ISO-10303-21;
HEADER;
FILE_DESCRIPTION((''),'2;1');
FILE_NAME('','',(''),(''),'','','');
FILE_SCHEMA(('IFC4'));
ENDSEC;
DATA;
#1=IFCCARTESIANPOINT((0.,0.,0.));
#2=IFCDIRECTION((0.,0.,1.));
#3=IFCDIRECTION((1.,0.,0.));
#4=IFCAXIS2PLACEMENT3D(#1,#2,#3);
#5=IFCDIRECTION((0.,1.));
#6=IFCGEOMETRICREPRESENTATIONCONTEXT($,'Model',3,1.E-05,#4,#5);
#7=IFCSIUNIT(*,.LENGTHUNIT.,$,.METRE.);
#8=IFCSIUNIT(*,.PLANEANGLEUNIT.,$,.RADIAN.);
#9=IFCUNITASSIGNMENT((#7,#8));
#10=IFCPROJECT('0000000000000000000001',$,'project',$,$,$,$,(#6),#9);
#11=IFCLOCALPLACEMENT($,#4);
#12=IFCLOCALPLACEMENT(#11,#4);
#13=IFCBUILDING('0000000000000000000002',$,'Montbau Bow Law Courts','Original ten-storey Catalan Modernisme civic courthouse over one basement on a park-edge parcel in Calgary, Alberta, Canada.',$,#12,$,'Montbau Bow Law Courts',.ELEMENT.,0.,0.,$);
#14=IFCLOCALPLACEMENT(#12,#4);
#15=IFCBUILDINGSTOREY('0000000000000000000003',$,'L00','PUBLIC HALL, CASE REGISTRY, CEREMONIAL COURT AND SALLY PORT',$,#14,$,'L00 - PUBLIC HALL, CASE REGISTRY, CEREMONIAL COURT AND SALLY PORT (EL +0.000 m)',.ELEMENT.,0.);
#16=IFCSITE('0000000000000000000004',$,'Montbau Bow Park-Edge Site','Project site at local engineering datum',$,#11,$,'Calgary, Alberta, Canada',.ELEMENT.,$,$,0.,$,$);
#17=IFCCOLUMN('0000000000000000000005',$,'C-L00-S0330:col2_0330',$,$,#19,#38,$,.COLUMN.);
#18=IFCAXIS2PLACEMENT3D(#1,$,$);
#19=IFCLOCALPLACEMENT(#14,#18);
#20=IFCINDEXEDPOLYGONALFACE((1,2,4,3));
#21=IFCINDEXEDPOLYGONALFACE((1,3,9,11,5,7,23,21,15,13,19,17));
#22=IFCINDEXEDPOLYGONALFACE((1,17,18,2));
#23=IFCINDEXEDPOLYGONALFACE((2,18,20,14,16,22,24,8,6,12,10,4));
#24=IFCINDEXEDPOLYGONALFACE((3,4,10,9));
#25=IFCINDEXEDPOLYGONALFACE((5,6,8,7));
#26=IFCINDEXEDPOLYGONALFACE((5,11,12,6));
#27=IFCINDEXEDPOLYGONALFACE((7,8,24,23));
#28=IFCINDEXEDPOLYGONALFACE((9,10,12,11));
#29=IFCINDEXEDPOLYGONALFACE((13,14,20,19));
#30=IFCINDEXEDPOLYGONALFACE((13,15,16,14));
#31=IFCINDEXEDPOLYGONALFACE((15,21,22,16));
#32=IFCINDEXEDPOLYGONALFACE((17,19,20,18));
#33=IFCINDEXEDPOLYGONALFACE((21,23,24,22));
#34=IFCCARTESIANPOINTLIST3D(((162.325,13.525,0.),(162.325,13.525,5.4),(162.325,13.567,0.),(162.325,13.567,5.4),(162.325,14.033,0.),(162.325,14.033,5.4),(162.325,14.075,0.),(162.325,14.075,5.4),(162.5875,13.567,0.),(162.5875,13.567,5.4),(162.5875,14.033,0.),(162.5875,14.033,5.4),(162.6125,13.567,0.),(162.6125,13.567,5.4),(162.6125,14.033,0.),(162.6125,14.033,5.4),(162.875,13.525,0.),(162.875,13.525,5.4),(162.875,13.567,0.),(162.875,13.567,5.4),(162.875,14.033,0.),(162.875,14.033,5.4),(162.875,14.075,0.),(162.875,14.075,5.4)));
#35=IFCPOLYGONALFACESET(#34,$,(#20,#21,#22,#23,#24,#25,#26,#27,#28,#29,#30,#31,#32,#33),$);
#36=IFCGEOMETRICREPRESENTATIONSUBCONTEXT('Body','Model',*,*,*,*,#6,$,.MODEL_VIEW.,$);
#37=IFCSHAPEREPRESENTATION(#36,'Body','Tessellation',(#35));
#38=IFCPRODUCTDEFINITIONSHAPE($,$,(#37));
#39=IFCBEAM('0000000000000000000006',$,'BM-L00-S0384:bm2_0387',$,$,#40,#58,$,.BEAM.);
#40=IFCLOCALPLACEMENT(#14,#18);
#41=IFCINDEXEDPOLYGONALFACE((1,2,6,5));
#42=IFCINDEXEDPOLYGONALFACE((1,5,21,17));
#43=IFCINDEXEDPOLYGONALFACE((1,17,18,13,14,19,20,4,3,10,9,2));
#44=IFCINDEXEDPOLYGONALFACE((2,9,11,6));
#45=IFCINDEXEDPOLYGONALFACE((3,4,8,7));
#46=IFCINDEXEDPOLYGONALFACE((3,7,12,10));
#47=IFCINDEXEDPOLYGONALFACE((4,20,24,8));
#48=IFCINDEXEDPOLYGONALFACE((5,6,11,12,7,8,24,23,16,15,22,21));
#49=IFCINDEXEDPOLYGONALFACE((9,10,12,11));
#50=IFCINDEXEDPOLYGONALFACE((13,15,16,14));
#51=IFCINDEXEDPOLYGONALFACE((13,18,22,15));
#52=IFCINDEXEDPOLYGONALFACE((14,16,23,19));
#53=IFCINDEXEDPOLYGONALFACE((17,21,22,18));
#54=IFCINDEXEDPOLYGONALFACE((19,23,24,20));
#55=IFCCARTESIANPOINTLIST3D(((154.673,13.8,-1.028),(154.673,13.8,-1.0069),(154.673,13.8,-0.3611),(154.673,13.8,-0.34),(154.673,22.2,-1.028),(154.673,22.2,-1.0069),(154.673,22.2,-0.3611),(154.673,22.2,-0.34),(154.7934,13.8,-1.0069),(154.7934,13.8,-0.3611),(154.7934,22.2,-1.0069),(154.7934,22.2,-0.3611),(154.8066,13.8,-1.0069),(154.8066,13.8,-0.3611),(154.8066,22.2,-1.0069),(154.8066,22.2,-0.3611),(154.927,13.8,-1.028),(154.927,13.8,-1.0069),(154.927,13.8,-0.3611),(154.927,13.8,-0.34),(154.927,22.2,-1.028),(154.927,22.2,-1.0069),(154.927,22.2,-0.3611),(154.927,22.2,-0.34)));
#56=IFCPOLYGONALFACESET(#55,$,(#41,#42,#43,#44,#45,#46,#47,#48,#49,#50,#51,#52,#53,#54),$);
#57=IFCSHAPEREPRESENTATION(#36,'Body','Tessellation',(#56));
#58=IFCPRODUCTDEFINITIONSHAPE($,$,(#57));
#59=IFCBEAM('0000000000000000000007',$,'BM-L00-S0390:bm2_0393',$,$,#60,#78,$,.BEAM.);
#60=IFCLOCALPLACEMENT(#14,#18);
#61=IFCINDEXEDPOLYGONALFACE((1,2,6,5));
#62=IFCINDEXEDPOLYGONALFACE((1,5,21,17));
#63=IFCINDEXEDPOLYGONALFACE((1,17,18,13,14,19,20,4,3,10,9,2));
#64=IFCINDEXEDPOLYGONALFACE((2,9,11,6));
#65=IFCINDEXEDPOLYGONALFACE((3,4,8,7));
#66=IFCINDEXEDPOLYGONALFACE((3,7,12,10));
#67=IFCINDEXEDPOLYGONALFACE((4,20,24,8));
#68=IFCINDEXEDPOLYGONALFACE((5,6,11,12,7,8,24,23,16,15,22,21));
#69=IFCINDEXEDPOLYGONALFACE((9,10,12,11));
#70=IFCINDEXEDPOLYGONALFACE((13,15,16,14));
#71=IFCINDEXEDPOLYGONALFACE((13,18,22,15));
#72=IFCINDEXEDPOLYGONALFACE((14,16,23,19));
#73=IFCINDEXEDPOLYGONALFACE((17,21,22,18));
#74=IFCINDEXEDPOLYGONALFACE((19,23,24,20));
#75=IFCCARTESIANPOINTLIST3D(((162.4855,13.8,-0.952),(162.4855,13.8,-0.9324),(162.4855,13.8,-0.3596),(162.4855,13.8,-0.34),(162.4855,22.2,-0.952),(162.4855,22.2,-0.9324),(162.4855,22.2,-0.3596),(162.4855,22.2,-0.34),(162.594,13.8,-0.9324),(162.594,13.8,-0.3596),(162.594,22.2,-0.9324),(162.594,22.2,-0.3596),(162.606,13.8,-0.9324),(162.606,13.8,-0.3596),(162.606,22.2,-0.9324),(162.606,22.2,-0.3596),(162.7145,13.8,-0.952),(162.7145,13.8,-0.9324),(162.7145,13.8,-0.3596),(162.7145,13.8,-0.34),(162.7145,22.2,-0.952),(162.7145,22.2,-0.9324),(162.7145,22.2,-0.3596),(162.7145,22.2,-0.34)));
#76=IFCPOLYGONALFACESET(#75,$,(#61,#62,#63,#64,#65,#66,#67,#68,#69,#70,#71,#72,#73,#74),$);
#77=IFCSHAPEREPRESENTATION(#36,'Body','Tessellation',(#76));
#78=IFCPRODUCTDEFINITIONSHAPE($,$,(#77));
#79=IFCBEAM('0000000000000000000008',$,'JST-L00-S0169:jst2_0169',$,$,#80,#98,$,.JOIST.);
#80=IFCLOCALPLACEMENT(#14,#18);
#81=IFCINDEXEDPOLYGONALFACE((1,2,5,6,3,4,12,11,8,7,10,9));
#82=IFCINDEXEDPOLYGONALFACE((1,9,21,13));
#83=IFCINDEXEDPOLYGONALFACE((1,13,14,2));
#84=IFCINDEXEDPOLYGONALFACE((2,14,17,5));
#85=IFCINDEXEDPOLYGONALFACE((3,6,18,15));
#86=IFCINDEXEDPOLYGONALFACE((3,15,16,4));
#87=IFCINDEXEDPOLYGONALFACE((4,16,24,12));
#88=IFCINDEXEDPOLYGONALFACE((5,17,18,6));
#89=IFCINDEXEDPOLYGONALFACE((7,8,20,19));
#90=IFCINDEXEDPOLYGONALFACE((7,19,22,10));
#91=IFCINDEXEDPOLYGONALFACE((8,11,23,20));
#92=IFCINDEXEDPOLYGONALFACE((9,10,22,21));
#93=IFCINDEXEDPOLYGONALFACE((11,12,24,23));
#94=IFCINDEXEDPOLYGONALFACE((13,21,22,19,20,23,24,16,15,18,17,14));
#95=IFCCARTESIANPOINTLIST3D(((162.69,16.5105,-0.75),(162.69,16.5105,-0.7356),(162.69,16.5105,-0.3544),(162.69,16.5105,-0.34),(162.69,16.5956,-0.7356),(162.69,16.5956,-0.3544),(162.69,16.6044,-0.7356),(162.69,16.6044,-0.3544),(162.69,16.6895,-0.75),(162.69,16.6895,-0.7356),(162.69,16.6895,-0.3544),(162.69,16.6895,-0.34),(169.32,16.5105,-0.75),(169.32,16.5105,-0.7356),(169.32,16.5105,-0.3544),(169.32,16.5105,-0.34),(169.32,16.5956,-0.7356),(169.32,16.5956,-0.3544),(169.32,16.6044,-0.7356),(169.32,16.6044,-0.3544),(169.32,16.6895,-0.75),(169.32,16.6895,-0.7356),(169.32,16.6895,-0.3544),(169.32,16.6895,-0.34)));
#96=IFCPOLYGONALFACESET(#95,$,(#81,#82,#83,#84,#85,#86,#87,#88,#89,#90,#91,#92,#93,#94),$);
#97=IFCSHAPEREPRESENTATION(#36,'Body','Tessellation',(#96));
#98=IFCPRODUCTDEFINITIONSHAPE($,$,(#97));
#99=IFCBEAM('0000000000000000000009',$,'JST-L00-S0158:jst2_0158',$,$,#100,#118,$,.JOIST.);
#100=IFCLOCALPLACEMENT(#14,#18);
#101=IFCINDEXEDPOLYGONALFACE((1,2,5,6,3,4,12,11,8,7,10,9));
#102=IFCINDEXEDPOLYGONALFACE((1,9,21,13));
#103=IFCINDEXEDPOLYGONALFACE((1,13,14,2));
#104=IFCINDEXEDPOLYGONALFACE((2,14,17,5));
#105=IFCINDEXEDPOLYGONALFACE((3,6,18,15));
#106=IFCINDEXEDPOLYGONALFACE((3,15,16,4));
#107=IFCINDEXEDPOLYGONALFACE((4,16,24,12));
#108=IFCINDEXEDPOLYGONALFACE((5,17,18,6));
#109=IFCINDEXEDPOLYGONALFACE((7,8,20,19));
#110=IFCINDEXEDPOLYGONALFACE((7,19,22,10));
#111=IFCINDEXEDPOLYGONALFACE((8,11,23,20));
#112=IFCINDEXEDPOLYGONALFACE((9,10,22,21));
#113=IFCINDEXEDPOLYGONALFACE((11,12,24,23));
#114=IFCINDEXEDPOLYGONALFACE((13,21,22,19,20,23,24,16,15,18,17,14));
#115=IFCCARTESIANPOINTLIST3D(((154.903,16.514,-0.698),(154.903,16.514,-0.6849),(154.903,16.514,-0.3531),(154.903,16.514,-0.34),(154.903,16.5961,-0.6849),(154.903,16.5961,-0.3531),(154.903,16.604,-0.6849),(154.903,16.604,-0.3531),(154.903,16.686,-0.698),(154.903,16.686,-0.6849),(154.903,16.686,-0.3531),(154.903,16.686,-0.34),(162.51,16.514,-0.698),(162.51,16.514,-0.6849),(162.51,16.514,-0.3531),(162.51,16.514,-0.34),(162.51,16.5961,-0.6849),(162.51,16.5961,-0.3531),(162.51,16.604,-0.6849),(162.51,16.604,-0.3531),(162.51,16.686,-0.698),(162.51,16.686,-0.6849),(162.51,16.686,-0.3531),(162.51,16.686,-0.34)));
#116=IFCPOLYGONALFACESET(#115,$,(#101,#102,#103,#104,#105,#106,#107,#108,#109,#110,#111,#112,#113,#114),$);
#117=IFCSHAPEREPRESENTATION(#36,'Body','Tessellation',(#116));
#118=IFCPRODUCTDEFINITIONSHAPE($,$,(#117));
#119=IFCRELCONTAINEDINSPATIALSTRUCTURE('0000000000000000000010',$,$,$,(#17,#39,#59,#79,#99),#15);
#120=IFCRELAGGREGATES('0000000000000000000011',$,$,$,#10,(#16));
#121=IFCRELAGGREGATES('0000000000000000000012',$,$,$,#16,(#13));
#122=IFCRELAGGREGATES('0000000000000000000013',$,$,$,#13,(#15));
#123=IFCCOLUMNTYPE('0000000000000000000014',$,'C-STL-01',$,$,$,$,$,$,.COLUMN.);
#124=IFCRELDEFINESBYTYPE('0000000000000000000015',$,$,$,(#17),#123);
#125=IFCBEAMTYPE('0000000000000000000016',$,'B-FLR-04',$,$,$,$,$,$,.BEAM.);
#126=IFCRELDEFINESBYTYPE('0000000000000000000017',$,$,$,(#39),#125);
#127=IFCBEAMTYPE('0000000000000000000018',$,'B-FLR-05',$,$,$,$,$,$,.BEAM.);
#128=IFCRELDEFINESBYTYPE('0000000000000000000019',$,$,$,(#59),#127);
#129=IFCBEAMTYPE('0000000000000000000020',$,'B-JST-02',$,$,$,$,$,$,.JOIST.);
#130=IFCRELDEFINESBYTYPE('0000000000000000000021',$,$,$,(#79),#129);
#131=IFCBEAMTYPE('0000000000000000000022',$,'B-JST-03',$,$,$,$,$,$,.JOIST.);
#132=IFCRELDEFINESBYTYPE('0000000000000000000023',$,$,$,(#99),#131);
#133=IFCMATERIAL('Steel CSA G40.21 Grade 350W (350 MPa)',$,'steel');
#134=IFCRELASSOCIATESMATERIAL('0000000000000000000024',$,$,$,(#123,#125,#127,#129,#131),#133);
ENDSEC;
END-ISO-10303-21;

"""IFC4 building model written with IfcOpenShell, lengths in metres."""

from ifc_helpers import new_model, si_unit, direction, frame, origin_with_axes, origin_2d_with_axis, place, context, subcontext, project, spatial, i_section, extrude, material, material_profile, profile_set, type_object, element, save


model = new_model("IFC4")

# Units and contexts
model_context = context("Model", 3, precision=1e-05, world=origin_with_axes(), true_north=direction((0.0, 1.0)))
body_context = subcontext(model_context, "Body", "Model", "MODEL_VIEW")
ifc_project = project(units=[si_unit("LENGTHUNIT", "METRE"), si_unit("PLANEANGLEUNIT", "RADIAN")], contexts=[model_context])

# Site, building, storey
site_placement = place(None, origin_with_axes())
site = spatial("IfcSite", under=ifc_project, at=site_placement, Name="Montbau Bow Park-Edge Site", Description="Project site at local engineering datum", LongName="Calgary, Alberta, Canada", CompositionType="ELEMENT", RefElevation=0.0)
building_placement = place(site_placement, origin_with_axes())
building = spatial("IfcBuilding", under=site, at=building_placement, Name="Montbau Bow Law Courts", Description="Original ten-storey Catalan Modernisme civic courthouse over one basement on a park-edge parcel in Calgary, Alberta, Canada.", LongName="Montbau Bow Law Courts", CompositionType="ELEMENT", ElevationOfRefHeight=0.0, ElevationOfTerrain=0.0)
storey_placement = place(building_placement, origin_with_axes())
storey = spatial("IfcBuildingStorey", under=building, at=storey_placement, Name="L00", Description="PUBLIC HALL, CASE REGISTRY, CEREMONIAL COURT AND SALLY PORT", LongName="L00 - PUBLIC HALL, CASE REGISTRY, CEREMONIAL COURT AND SALLY PORT (EL +0.000 m)", CompositionType="ELEMENT", Elevation=0.0)

# Column
ifc_material_1 = material(Name="Steel CSA G40.21 Grade 350W (350 MPa)", Category="steel")
ifc_material_profile_1 = material_profile(ifc_material_1, i_section(OverallWidth=0.55, OverallDepth=0.55, WebThickness=0.025, FlangeThickness=0.042, at=origin_2d_with_axis()), Name="WWF550X420", Category="Main", Priority=0)
ifc_profile_set_1 = profile_set([ifc_material_profile_1], Name="Steel CSA G40.21 Grade 350W (350 MPa)")
column_type_1 = type_object("IfcColumnType", Name="C-STL-01", PredefinedType="COLUMN", material=ifc_profile_set_1)
column_1_placement = place(None, frame((162.6, 13.8, 0.0), z_axis=(0.0, 0.0, 1.0), x_axis=(1.0, 0.0, 0.0)))
element("IfcColumn", 1, at=column_1_placement, inside=storey, type_object=column_type_1, Name="C-L00-S0330:col2_0330", PredefinedType="COLUMN", context=body_context, shape_type="SweptSolid", body=[
    extrude(i_section(OverallWidth=0.55, OverallDepth=0.55, WebThickness=0.025, FlangeThickness=0.042, at=origin_2d_with_axis()), origin_with_axes(), (0.0, 0.0, 1.0), 5.4),
])

# Beams
ifc_material_profile_2 = material_profile(ifc_material_1, i_section(OverallWidth=0.254, OverallDepth=0.688, WebThickness=0.0131, FlangeThickness=0.0211, at=origin_2d_with_axis()), Name="W690X152", Category="Main", Priority=0)
ifc_profile_set_2 = profile_set([ifc_material_profile_2], Name="Steel CSA G40.21 Grade 350W (350 MPa)")
beam_type_1 = type_object("IfcBeamType", Name="B-FLR-04", PredefinedType="BEAM", material=ifc_profile_set_2)
beam_1_placement = place(None, frame((154.8, 13.8, -0.684), z_axis=(0.0, 1.0, 0.0), x_axis=(-1.0, 0.0, 0.0)))
element("IfcBeam", 2, at=beam_1_placement, inside=storey, type_object=beam_type_1, Name="BM-L00-S0384:bm2_0387", PredefinedType="BEAM", context=body_context, shape_type="SweptSolid", body=[
    extrude(i_section(OverallWidth=0.254, OverallDepth=0.688, WebThickness=0.0131, FlangeThickness=0.0211, at=origin_2d_with_axis()), origin_with_axes(), (0.0, 0.0, 1.0), 8.4),
])
ifc_material_profile_3 = material_profile(ifc_material_1, i_section(OverallWidth=0.229, OverallDepth=0.612, WebThickness=0.0119, FlangeThickness=0.0196, at=origin_2d_with_axis()), Name="W610X125", Category="Main", Priority=0)
ifc_profile_set_3 = profile_set([ifc_material_profile_3], Name="Steel CSA G40.21 Grade 350W (350 MPa)")
beam_type_2 = type_object("IfcBeamType", Name="B-FLR-05", PredefinedType="BEAM", material=ifc_profile_set_3)
beam_2_placement = place(None, frame((162.6, 13.8, -0.646), z_axis=(0.0, 1.0, 0.0), x_axis=(-1.0, 0.0, 0.0)))
element("IfcBeam", 3, at=beam_2_placement, inside=storey, type_object=beam_type_2, Name="BM-L00-S0390:bm2_0393", PredefinedType="BEAM", context=body_context, shape_type="SweptSolid", body=[
    extrude(i_section(OverallWidth=0.229, OverallDepth=0.612, WebThickness=0.0119, FlangeThickness=0.0196, at=origin_2d_with_axis()), origin_with_axes(), (0.0, 0.0, 1.0), 8.4),
])
ifc_material_profile_4 = material_profile(ifc_material_1, i_section(OverallWidth=0.179, OverallDepth=0.41, WebThickness=0.0088, FlangeThickness=0.0144, at=origin_2d_with_axis()), Name="W410X67", Category="Main", Priority=0)
ifc_profile_set_4 = profile_set([ifc_material_profile_4], Name="Steel CSA G40.21 Grade 350W (350 MPa)")
beam_type_3 = type_object("IfcBeamType", Name="B-JST-02", PredefinedType="JOIST", material=ifc_profile_set_4)
beam_3_placement = place(None, frame((162.69, 16.6, -0.545), z_axis=(1.0, 0.0, 0.0), x_axis=(0.0, 1.0, 0.0)))
element("IfcBeam", 4, at=beam_3_placement, inside=storey, type_object=beam_type_3, Name="JST-L00-S0169:jst2_0169", PredefinedType="JOIST", context=body_context, shape_type="SweptSolid", body=[
    extrude(i_section(OverallWidth=0.179, OverallDepth=0.41, WebThickness=0.0088, FlangeThickness=0.0144, at=origin_2d_with_axis()), origin_with_axes(), (0.0, 0.0, 1.0), 6.63),
])
ifc_material_profile_5 = material_profile(ifc_material_1, i_section(OverallWidth=0.172, OverallDepth=0.358, WebThickness=0.0079, FlangeThickness=0.0131, at=origin_2d_with_axis()), Name="W360X57", Category="Main", Priority=0)
ifc_profile_set_5 = profile_set([ifc_material_profile_5], Name="Steel CSA G40.21 Grade 350W (350 MPa)")
beam_type_4 = type_object("IfcBeamType", Name="B-JST-03", PredefinedType="JOIST", material=ifc_profile_set_5)
beam_4_placement = place(None, frame((154.903, 16.6, -0.519), z_axis=(1.0, 0.0, 0.0), x_axis=(0.0, 1.0, 0.0)))
element("IfcBeam", 5, at=beam_4_placement, inside=storey, type_object=beam_type_4, Name="JST-L00-S0158:jst2_0158", PredefinedType="JOIST", context=body_context, shape_type="SweptSolid", body=[
    extrude(i_section(OverallWidth=0.172, OverallDepth=0.358, WebThickness=0.0079, FlangeThickness=0.0131, at=origin_2d_with_axis()), origin_with_axes(), (0.0, 0.0, 1.0), 7.607),
])

save(model, "model.ifc")
